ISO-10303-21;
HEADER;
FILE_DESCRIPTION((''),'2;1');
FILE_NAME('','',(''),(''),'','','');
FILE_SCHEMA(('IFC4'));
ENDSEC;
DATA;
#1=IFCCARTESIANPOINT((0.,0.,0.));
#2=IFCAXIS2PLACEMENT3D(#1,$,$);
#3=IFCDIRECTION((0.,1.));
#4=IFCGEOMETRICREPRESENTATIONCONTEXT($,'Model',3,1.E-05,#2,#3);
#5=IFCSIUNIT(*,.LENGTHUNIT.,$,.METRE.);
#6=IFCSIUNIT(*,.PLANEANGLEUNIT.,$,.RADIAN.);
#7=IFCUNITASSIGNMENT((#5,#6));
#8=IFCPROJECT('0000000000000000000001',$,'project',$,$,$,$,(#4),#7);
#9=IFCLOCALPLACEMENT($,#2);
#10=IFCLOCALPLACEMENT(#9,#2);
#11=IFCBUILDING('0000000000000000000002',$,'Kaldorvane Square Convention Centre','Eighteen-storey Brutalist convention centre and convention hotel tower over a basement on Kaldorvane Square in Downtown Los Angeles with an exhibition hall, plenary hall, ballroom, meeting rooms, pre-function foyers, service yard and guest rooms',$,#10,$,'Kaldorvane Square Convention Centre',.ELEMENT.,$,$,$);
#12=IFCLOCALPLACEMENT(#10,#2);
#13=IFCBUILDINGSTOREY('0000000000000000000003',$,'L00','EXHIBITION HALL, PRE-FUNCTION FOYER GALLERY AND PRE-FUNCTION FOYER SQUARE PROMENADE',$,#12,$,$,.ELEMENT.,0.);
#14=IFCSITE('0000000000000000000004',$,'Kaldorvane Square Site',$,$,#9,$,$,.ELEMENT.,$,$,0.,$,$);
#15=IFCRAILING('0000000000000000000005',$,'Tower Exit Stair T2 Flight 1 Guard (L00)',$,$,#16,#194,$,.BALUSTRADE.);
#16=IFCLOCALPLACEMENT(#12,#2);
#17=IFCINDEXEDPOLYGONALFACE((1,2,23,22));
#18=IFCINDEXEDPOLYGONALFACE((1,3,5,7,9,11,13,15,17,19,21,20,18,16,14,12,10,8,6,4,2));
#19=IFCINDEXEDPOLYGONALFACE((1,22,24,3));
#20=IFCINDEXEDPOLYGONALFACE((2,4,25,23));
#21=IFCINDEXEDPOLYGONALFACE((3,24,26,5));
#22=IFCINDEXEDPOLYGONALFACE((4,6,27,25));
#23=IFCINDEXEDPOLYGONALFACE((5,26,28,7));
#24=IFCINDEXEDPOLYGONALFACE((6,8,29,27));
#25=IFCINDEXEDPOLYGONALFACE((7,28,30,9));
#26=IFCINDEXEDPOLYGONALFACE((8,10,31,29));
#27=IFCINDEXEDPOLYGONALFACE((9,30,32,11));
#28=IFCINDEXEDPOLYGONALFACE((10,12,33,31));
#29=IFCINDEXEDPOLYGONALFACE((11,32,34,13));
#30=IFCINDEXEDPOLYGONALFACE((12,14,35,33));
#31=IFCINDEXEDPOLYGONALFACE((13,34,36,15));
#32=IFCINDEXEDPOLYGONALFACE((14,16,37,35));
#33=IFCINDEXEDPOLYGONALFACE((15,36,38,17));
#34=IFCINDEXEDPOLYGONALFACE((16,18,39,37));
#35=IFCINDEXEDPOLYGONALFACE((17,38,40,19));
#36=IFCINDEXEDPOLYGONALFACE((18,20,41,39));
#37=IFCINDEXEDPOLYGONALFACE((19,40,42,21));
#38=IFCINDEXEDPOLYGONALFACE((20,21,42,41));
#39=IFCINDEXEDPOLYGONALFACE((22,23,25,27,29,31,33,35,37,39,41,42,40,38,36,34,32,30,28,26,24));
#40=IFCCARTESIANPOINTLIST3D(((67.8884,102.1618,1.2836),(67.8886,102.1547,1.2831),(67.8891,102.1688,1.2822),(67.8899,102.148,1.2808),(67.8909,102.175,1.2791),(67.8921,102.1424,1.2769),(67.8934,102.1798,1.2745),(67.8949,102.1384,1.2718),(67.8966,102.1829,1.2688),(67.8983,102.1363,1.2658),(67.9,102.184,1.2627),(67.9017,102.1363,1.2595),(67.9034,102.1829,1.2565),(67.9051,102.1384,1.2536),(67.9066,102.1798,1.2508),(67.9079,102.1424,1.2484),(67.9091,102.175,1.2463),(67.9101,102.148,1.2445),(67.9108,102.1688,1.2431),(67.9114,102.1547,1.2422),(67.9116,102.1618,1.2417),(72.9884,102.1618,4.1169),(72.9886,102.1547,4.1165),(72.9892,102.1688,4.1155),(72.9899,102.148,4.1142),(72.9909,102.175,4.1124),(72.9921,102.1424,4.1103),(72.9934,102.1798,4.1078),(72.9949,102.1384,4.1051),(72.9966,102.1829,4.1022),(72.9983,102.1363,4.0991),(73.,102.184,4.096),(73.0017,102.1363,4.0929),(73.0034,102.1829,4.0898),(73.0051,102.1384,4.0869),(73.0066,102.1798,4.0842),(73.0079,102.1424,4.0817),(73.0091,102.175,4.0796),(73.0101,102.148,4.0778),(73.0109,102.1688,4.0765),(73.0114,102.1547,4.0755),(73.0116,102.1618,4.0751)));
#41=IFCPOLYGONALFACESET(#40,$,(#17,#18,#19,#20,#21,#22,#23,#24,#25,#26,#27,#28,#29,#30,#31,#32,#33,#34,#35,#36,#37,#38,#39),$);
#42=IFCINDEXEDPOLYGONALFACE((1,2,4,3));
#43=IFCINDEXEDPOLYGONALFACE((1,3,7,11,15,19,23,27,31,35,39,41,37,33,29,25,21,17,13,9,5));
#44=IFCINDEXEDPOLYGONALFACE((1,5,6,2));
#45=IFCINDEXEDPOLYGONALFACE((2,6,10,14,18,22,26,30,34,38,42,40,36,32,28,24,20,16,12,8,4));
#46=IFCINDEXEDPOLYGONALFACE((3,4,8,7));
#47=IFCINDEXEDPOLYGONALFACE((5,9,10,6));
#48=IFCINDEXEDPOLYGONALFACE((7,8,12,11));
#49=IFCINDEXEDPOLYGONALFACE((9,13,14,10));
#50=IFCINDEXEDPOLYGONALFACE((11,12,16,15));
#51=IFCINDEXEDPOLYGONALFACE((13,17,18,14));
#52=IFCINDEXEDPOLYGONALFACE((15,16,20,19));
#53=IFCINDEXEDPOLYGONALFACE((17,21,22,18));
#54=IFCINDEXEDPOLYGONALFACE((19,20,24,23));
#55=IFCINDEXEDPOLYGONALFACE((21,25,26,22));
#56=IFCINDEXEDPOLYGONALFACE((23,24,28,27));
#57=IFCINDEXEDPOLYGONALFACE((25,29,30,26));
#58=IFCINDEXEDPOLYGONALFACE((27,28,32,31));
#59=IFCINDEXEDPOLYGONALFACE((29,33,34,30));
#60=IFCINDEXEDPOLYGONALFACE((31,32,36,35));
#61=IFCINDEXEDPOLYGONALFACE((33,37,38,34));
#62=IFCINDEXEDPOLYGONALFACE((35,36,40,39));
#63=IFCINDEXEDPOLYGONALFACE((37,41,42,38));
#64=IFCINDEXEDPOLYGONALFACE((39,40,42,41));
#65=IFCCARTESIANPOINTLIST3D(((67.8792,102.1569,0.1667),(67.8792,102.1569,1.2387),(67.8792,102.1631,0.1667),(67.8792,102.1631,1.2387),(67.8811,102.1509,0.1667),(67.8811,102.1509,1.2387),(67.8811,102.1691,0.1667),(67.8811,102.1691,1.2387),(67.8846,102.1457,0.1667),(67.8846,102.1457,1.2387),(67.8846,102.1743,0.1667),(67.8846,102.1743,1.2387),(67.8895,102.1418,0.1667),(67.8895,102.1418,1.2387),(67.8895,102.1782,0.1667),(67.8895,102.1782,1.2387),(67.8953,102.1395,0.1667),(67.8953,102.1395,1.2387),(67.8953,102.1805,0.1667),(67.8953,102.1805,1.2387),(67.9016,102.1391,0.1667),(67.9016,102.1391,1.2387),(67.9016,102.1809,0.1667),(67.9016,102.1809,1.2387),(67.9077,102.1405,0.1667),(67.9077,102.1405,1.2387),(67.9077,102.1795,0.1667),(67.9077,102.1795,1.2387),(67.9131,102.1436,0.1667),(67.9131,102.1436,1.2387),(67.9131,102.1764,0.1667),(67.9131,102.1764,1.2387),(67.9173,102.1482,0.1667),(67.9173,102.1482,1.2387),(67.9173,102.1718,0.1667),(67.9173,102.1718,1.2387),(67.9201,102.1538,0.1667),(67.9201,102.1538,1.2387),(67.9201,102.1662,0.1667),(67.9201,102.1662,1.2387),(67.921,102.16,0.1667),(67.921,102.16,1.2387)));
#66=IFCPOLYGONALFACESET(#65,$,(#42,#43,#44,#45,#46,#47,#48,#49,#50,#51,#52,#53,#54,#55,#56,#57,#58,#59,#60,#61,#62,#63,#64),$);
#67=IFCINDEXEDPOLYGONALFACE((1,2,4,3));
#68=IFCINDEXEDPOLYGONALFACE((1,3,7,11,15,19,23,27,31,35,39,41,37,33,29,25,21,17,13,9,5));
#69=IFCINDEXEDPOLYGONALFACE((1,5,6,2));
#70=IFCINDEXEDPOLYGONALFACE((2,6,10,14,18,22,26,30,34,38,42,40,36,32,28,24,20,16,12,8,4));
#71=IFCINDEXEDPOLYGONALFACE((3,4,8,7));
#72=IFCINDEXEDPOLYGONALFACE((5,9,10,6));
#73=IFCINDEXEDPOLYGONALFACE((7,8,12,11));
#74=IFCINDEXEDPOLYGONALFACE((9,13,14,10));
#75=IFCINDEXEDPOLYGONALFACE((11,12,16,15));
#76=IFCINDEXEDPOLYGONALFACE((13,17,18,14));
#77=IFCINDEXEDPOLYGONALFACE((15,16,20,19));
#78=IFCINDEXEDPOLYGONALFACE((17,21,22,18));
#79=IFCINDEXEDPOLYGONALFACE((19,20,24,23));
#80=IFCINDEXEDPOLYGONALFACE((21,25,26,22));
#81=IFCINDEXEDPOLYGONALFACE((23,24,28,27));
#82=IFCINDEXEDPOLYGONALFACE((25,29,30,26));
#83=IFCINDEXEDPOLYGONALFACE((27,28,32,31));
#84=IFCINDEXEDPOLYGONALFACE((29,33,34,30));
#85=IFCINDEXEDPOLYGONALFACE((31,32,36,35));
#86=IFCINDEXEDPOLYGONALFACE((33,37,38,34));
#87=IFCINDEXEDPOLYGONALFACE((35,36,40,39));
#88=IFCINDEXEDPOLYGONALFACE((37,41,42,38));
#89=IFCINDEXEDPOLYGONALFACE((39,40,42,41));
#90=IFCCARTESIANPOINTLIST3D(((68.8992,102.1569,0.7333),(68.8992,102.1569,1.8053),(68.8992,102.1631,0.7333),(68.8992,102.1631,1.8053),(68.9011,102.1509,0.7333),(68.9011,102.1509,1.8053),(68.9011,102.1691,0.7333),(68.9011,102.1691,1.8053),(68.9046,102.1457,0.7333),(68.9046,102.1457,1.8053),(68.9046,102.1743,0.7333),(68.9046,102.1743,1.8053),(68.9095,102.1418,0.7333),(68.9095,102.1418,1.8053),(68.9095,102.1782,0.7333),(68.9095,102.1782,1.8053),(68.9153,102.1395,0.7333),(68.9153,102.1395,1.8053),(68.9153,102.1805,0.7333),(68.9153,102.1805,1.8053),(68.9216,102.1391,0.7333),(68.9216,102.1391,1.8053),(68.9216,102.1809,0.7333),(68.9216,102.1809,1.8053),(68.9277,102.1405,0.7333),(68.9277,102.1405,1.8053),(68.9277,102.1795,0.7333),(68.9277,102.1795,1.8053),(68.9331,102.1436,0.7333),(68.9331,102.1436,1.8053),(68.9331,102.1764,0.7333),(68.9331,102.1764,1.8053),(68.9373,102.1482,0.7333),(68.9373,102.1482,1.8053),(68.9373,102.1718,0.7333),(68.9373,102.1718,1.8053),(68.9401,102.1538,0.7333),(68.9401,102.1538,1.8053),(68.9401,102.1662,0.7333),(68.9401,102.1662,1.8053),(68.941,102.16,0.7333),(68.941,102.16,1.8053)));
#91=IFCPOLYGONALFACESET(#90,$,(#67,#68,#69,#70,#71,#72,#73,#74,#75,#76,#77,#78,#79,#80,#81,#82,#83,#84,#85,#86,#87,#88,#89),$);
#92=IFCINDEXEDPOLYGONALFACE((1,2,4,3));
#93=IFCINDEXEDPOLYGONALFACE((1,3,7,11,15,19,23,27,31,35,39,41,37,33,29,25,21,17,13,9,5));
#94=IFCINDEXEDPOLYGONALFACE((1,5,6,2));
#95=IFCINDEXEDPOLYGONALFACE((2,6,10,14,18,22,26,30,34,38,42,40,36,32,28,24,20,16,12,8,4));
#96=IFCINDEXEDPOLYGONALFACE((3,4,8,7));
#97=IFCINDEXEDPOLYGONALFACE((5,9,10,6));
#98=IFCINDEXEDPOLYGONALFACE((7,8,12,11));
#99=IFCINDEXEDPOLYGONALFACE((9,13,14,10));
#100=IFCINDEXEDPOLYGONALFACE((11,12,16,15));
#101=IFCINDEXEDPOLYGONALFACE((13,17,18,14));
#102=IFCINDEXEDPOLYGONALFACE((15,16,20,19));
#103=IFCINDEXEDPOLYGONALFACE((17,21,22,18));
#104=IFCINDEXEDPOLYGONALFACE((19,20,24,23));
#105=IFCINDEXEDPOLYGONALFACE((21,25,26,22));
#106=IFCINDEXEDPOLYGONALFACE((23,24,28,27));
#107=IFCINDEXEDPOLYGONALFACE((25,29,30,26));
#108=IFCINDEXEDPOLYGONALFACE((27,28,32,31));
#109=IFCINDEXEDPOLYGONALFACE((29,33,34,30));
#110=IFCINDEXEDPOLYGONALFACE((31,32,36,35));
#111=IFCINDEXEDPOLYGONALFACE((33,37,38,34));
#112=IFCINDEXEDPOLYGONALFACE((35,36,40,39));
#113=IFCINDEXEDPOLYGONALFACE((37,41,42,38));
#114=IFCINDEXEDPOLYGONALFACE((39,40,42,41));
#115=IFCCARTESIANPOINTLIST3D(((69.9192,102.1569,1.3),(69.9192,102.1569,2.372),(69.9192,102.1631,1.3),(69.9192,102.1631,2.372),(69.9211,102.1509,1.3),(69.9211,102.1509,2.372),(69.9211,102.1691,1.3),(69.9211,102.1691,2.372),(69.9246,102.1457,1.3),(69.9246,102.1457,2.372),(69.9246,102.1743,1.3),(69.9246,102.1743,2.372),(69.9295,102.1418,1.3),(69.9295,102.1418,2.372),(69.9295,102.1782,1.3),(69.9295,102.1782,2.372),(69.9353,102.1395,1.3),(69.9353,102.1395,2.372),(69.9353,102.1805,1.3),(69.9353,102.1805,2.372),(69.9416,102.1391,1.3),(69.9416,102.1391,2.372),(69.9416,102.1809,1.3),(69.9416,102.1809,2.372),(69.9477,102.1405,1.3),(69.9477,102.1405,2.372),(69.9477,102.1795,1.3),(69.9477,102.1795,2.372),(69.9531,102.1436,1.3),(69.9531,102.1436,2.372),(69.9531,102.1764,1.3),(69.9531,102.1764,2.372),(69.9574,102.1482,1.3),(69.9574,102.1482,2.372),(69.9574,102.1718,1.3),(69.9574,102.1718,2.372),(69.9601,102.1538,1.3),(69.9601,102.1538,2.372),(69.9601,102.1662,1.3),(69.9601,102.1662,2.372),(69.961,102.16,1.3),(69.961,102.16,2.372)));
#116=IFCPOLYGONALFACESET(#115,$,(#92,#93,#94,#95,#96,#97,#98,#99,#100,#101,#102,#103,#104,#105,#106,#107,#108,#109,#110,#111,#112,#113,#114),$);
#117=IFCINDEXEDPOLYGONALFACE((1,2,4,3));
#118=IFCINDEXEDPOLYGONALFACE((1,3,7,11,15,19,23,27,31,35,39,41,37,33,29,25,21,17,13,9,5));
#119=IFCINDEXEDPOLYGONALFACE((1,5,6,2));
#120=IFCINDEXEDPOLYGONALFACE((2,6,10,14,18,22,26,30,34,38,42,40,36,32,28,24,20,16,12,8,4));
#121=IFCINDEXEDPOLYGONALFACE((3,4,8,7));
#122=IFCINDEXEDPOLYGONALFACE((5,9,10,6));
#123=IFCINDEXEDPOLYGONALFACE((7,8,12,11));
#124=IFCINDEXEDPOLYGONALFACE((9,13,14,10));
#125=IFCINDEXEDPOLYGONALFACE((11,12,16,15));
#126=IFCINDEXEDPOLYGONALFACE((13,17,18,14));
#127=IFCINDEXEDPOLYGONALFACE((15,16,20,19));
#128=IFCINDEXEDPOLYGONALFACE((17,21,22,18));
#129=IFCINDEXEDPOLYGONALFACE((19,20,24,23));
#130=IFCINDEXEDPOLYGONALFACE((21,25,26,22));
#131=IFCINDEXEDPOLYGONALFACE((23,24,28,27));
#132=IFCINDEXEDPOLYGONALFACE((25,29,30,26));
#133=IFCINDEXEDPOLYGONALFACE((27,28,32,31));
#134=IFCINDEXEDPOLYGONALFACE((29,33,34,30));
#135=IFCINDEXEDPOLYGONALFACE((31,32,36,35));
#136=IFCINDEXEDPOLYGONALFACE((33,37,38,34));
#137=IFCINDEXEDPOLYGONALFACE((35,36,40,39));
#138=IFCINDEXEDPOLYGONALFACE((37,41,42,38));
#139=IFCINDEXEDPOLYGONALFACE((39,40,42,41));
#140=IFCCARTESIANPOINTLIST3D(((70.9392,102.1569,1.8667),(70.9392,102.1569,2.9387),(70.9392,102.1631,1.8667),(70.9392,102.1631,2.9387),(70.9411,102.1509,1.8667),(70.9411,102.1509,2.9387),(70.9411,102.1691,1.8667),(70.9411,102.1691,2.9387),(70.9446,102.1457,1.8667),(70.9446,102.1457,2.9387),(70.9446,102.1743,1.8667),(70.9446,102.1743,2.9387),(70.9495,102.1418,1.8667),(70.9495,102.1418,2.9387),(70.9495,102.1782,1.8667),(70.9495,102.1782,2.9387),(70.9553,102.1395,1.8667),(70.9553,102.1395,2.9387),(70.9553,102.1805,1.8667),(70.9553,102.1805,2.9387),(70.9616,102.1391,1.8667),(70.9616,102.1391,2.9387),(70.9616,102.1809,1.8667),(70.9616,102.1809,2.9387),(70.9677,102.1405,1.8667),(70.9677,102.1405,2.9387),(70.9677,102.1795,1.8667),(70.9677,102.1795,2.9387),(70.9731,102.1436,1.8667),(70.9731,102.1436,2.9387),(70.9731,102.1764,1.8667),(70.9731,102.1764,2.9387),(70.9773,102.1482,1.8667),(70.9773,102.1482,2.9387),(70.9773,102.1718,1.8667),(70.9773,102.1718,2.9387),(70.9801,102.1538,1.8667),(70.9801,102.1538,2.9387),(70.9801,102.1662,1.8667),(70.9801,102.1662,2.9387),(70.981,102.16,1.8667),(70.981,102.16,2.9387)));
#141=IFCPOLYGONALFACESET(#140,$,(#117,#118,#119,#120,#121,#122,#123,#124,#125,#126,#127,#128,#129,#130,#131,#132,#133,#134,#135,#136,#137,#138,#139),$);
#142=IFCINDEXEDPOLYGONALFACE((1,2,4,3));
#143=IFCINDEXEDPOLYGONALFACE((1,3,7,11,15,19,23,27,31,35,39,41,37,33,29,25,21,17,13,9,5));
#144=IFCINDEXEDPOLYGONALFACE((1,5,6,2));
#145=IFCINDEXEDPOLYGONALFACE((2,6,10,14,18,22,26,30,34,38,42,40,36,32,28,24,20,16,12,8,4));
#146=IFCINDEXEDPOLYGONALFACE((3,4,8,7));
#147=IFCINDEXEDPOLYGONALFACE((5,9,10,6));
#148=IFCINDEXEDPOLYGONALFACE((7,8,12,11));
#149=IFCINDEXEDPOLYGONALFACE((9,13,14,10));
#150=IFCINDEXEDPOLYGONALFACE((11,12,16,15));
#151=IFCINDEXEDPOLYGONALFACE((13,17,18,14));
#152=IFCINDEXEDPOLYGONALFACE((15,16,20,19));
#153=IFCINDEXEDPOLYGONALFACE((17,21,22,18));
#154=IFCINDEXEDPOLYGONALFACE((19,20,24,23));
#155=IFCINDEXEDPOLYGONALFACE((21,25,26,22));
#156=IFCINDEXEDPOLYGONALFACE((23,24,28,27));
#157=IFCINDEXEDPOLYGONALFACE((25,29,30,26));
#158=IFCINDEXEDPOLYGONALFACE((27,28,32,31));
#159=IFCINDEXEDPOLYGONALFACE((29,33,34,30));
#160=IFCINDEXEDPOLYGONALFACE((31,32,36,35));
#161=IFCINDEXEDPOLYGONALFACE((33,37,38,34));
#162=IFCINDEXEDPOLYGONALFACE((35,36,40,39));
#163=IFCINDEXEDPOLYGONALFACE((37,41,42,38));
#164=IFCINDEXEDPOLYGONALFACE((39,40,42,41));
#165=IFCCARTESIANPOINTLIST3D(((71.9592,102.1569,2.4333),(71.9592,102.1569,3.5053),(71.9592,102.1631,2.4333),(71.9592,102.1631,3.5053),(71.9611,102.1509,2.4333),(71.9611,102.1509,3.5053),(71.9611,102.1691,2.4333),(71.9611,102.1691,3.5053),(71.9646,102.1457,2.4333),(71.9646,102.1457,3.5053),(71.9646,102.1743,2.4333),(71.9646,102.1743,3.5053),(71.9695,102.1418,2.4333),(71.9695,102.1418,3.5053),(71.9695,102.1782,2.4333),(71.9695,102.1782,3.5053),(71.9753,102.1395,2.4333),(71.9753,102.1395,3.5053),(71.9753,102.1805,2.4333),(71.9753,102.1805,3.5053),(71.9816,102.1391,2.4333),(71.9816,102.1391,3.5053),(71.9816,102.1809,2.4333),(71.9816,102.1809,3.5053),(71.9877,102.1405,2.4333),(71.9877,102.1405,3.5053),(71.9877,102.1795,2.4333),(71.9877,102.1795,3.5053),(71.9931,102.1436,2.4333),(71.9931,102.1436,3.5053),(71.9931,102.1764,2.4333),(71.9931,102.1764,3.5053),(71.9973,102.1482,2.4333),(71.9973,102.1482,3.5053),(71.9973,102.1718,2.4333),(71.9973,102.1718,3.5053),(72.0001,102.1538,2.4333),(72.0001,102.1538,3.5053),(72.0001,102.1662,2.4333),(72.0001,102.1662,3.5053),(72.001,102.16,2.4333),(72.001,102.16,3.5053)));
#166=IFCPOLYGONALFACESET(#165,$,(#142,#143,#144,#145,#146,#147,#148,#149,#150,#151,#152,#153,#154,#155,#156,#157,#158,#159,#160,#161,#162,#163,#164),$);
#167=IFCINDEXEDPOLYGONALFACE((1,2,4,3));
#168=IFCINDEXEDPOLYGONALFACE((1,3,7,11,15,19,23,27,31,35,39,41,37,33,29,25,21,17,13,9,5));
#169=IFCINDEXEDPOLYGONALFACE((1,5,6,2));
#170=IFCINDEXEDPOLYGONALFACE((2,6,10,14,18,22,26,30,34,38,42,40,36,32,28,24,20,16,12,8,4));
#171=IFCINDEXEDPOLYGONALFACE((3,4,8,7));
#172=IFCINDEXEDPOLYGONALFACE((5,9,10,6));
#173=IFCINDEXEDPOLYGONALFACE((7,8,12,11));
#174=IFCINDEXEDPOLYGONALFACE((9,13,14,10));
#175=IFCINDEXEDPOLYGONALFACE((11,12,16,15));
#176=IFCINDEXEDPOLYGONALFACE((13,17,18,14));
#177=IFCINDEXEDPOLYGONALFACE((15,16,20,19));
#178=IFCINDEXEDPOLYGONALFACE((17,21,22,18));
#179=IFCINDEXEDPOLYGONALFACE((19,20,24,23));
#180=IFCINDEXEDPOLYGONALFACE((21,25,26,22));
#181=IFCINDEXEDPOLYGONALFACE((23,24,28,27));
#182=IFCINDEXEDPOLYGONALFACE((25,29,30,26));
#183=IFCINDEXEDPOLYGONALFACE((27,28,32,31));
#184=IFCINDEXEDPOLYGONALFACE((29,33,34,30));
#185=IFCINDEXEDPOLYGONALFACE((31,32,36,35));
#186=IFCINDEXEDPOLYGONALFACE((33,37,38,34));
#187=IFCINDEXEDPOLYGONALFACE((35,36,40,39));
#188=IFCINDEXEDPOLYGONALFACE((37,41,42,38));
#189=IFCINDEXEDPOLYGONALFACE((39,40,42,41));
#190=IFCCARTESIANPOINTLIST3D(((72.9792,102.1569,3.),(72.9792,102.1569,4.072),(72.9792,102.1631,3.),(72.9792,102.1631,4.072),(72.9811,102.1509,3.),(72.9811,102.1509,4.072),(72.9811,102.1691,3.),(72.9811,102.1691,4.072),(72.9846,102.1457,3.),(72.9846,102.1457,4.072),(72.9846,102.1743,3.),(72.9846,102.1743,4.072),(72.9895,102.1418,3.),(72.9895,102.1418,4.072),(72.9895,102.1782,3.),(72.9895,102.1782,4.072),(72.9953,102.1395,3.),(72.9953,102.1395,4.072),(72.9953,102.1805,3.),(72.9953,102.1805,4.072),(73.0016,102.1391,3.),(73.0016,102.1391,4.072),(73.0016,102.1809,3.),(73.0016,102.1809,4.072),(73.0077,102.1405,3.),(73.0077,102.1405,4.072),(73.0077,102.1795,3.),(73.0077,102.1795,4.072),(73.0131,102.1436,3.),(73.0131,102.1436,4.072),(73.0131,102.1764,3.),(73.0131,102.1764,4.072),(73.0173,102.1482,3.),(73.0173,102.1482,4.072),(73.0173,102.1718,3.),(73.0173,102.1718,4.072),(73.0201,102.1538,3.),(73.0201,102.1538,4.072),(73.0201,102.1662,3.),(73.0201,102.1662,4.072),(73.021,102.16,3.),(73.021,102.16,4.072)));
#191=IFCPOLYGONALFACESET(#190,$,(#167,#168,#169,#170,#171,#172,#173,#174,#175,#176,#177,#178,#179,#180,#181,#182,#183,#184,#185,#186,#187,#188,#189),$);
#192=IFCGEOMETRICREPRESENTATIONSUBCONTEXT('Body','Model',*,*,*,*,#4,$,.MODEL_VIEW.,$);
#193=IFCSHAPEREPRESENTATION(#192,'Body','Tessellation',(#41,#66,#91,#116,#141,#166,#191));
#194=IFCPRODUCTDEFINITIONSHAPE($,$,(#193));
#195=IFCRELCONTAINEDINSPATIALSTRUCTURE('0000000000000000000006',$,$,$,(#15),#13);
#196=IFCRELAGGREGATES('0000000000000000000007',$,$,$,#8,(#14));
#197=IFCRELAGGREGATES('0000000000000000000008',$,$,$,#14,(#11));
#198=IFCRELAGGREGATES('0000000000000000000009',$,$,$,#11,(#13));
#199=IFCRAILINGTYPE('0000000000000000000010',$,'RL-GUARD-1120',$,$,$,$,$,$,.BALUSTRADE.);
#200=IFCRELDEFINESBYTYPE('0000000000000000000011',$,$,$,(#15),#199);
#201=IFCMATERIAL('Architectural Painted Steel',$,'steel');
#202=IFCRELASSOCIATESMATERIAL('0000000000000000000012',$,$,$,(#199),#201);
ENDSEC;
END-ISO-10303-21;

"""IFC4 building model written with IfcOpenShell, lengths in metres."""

from ifc_helpers import new_model, si_unit, direction, frame, origin, origin_2d, place, context, subcontext, project, spatial, circle, extrude, material, type_object, element, save


model = new_model("IFC4")

# Units and contexts
model_context = context("Model", 3, precision=1e-05, world=origin(), true_north=direction((0.0, 1.0)))
body_context = subcontext(model_context, "Body", "Model", "MODEL_VIEW")
ifc_project = project(units=[si_unit("LENGTHUNIT", "METRE"), si_unit("PLANEANGLEUNIT", "RADIAN")], contexts=[model_context])

# Site, building, storey
site_placement = place(None, origin())
site = spatial("IfcSite", under=ifc_project, at=site_placement, Name="Kaldorvane Square Site", CompositionType="ELEMENT", RefElevation=0.0)
building_placement = place(site_placement, origin())
building = spatial("IfcBuilding", under=site, at=building_placement, Name="Kaldorvane Square Convention Centre", Description="Eighteen-storey Brutalist convention centre and convention hotel tower over a basement on Kaldorvane Square in Downtown Los Angeles with an exhibition hall, plenary hall, ballroom, meeting rooms, pre-function foyers, service yard and guest rooms", LongName="Kaldorvane Square Convention Centre", CompositionType="ELEMENT")
storey_placement = place(building_placement, origin())
storey = spatial("IfcBuildingStorey", under=building, at=storey_placement, Name="L00", Description="EXHIBITION HALL, PRE-FUNCTION FOYER GALLERY AND PRE-FUNCTION FOYER SQUARE PROMENADE", CompositionType="ELEMENT", Elevation=0.0)

# Railing
ifc_material_1 = material(Name="Architectural Painted Steel", Category="steel")
railing_type_1 = type_object("IfcRailingType", Name="RL-GUARD-1120", PredefinedType="BALUSTRADE", material=ifc_material_1)
railing_1_placement = place(storey_placement, frame((67.9, 102.16, 0.1667)))
element("IfcRailing", 1, at=railing_1_placement, inside=storey, type_object=railing_type_1, Name="Tower Exit Stair T2 Flight 1 Guard (L00)", PredefinedType="BALUSTRADE", context=body_context, shape_type="SweptSolid", body=[
    extrude(circle(Radius=0.024, at=origin_2d()), frame((0.0, 0.0, 1.096), z_axis=(0.874158, 0.0, 0.485642), x_axis=(0.0, 1.0, 0.0)), (0.0, 0.0, 1.0), 5.8342),
    extrude(circle(Radius=0.021, at=origin_2d()), origin(), (0.0, 0.0, 1.0), 1.072),
    extrude(circle(Radius=0.021, at=origin_2d()), frame((1.02, 0.0, 0.5667)), (0.0, 0.0, 1.0), 1.072),
    extrude(circle(Radius=0.021, at=origin_2d()), frame((2.04, 0.0, 1.1333)), (0.0, 0.0, 1.0), 1.072),
    extrude(circle(Radius=0.021, at=origin_2d()), frame((3.06, 0.0, 1.7)), (0.0, 0.0, 1.0), 1.072),
    extrude(circle(Radius=0.021, at=origin_2d()), frame((4.08, 0.0, 2.2667)), (0.0, 0.0, 1.0), 1.072),
    extrude(circle(Radius=0.021, at=origin_2d()), frame((5.1, 0.0, 2.8333)), (0.0, 0.0, 1.0), 1.072),
])

save(model, "model.ifc")
